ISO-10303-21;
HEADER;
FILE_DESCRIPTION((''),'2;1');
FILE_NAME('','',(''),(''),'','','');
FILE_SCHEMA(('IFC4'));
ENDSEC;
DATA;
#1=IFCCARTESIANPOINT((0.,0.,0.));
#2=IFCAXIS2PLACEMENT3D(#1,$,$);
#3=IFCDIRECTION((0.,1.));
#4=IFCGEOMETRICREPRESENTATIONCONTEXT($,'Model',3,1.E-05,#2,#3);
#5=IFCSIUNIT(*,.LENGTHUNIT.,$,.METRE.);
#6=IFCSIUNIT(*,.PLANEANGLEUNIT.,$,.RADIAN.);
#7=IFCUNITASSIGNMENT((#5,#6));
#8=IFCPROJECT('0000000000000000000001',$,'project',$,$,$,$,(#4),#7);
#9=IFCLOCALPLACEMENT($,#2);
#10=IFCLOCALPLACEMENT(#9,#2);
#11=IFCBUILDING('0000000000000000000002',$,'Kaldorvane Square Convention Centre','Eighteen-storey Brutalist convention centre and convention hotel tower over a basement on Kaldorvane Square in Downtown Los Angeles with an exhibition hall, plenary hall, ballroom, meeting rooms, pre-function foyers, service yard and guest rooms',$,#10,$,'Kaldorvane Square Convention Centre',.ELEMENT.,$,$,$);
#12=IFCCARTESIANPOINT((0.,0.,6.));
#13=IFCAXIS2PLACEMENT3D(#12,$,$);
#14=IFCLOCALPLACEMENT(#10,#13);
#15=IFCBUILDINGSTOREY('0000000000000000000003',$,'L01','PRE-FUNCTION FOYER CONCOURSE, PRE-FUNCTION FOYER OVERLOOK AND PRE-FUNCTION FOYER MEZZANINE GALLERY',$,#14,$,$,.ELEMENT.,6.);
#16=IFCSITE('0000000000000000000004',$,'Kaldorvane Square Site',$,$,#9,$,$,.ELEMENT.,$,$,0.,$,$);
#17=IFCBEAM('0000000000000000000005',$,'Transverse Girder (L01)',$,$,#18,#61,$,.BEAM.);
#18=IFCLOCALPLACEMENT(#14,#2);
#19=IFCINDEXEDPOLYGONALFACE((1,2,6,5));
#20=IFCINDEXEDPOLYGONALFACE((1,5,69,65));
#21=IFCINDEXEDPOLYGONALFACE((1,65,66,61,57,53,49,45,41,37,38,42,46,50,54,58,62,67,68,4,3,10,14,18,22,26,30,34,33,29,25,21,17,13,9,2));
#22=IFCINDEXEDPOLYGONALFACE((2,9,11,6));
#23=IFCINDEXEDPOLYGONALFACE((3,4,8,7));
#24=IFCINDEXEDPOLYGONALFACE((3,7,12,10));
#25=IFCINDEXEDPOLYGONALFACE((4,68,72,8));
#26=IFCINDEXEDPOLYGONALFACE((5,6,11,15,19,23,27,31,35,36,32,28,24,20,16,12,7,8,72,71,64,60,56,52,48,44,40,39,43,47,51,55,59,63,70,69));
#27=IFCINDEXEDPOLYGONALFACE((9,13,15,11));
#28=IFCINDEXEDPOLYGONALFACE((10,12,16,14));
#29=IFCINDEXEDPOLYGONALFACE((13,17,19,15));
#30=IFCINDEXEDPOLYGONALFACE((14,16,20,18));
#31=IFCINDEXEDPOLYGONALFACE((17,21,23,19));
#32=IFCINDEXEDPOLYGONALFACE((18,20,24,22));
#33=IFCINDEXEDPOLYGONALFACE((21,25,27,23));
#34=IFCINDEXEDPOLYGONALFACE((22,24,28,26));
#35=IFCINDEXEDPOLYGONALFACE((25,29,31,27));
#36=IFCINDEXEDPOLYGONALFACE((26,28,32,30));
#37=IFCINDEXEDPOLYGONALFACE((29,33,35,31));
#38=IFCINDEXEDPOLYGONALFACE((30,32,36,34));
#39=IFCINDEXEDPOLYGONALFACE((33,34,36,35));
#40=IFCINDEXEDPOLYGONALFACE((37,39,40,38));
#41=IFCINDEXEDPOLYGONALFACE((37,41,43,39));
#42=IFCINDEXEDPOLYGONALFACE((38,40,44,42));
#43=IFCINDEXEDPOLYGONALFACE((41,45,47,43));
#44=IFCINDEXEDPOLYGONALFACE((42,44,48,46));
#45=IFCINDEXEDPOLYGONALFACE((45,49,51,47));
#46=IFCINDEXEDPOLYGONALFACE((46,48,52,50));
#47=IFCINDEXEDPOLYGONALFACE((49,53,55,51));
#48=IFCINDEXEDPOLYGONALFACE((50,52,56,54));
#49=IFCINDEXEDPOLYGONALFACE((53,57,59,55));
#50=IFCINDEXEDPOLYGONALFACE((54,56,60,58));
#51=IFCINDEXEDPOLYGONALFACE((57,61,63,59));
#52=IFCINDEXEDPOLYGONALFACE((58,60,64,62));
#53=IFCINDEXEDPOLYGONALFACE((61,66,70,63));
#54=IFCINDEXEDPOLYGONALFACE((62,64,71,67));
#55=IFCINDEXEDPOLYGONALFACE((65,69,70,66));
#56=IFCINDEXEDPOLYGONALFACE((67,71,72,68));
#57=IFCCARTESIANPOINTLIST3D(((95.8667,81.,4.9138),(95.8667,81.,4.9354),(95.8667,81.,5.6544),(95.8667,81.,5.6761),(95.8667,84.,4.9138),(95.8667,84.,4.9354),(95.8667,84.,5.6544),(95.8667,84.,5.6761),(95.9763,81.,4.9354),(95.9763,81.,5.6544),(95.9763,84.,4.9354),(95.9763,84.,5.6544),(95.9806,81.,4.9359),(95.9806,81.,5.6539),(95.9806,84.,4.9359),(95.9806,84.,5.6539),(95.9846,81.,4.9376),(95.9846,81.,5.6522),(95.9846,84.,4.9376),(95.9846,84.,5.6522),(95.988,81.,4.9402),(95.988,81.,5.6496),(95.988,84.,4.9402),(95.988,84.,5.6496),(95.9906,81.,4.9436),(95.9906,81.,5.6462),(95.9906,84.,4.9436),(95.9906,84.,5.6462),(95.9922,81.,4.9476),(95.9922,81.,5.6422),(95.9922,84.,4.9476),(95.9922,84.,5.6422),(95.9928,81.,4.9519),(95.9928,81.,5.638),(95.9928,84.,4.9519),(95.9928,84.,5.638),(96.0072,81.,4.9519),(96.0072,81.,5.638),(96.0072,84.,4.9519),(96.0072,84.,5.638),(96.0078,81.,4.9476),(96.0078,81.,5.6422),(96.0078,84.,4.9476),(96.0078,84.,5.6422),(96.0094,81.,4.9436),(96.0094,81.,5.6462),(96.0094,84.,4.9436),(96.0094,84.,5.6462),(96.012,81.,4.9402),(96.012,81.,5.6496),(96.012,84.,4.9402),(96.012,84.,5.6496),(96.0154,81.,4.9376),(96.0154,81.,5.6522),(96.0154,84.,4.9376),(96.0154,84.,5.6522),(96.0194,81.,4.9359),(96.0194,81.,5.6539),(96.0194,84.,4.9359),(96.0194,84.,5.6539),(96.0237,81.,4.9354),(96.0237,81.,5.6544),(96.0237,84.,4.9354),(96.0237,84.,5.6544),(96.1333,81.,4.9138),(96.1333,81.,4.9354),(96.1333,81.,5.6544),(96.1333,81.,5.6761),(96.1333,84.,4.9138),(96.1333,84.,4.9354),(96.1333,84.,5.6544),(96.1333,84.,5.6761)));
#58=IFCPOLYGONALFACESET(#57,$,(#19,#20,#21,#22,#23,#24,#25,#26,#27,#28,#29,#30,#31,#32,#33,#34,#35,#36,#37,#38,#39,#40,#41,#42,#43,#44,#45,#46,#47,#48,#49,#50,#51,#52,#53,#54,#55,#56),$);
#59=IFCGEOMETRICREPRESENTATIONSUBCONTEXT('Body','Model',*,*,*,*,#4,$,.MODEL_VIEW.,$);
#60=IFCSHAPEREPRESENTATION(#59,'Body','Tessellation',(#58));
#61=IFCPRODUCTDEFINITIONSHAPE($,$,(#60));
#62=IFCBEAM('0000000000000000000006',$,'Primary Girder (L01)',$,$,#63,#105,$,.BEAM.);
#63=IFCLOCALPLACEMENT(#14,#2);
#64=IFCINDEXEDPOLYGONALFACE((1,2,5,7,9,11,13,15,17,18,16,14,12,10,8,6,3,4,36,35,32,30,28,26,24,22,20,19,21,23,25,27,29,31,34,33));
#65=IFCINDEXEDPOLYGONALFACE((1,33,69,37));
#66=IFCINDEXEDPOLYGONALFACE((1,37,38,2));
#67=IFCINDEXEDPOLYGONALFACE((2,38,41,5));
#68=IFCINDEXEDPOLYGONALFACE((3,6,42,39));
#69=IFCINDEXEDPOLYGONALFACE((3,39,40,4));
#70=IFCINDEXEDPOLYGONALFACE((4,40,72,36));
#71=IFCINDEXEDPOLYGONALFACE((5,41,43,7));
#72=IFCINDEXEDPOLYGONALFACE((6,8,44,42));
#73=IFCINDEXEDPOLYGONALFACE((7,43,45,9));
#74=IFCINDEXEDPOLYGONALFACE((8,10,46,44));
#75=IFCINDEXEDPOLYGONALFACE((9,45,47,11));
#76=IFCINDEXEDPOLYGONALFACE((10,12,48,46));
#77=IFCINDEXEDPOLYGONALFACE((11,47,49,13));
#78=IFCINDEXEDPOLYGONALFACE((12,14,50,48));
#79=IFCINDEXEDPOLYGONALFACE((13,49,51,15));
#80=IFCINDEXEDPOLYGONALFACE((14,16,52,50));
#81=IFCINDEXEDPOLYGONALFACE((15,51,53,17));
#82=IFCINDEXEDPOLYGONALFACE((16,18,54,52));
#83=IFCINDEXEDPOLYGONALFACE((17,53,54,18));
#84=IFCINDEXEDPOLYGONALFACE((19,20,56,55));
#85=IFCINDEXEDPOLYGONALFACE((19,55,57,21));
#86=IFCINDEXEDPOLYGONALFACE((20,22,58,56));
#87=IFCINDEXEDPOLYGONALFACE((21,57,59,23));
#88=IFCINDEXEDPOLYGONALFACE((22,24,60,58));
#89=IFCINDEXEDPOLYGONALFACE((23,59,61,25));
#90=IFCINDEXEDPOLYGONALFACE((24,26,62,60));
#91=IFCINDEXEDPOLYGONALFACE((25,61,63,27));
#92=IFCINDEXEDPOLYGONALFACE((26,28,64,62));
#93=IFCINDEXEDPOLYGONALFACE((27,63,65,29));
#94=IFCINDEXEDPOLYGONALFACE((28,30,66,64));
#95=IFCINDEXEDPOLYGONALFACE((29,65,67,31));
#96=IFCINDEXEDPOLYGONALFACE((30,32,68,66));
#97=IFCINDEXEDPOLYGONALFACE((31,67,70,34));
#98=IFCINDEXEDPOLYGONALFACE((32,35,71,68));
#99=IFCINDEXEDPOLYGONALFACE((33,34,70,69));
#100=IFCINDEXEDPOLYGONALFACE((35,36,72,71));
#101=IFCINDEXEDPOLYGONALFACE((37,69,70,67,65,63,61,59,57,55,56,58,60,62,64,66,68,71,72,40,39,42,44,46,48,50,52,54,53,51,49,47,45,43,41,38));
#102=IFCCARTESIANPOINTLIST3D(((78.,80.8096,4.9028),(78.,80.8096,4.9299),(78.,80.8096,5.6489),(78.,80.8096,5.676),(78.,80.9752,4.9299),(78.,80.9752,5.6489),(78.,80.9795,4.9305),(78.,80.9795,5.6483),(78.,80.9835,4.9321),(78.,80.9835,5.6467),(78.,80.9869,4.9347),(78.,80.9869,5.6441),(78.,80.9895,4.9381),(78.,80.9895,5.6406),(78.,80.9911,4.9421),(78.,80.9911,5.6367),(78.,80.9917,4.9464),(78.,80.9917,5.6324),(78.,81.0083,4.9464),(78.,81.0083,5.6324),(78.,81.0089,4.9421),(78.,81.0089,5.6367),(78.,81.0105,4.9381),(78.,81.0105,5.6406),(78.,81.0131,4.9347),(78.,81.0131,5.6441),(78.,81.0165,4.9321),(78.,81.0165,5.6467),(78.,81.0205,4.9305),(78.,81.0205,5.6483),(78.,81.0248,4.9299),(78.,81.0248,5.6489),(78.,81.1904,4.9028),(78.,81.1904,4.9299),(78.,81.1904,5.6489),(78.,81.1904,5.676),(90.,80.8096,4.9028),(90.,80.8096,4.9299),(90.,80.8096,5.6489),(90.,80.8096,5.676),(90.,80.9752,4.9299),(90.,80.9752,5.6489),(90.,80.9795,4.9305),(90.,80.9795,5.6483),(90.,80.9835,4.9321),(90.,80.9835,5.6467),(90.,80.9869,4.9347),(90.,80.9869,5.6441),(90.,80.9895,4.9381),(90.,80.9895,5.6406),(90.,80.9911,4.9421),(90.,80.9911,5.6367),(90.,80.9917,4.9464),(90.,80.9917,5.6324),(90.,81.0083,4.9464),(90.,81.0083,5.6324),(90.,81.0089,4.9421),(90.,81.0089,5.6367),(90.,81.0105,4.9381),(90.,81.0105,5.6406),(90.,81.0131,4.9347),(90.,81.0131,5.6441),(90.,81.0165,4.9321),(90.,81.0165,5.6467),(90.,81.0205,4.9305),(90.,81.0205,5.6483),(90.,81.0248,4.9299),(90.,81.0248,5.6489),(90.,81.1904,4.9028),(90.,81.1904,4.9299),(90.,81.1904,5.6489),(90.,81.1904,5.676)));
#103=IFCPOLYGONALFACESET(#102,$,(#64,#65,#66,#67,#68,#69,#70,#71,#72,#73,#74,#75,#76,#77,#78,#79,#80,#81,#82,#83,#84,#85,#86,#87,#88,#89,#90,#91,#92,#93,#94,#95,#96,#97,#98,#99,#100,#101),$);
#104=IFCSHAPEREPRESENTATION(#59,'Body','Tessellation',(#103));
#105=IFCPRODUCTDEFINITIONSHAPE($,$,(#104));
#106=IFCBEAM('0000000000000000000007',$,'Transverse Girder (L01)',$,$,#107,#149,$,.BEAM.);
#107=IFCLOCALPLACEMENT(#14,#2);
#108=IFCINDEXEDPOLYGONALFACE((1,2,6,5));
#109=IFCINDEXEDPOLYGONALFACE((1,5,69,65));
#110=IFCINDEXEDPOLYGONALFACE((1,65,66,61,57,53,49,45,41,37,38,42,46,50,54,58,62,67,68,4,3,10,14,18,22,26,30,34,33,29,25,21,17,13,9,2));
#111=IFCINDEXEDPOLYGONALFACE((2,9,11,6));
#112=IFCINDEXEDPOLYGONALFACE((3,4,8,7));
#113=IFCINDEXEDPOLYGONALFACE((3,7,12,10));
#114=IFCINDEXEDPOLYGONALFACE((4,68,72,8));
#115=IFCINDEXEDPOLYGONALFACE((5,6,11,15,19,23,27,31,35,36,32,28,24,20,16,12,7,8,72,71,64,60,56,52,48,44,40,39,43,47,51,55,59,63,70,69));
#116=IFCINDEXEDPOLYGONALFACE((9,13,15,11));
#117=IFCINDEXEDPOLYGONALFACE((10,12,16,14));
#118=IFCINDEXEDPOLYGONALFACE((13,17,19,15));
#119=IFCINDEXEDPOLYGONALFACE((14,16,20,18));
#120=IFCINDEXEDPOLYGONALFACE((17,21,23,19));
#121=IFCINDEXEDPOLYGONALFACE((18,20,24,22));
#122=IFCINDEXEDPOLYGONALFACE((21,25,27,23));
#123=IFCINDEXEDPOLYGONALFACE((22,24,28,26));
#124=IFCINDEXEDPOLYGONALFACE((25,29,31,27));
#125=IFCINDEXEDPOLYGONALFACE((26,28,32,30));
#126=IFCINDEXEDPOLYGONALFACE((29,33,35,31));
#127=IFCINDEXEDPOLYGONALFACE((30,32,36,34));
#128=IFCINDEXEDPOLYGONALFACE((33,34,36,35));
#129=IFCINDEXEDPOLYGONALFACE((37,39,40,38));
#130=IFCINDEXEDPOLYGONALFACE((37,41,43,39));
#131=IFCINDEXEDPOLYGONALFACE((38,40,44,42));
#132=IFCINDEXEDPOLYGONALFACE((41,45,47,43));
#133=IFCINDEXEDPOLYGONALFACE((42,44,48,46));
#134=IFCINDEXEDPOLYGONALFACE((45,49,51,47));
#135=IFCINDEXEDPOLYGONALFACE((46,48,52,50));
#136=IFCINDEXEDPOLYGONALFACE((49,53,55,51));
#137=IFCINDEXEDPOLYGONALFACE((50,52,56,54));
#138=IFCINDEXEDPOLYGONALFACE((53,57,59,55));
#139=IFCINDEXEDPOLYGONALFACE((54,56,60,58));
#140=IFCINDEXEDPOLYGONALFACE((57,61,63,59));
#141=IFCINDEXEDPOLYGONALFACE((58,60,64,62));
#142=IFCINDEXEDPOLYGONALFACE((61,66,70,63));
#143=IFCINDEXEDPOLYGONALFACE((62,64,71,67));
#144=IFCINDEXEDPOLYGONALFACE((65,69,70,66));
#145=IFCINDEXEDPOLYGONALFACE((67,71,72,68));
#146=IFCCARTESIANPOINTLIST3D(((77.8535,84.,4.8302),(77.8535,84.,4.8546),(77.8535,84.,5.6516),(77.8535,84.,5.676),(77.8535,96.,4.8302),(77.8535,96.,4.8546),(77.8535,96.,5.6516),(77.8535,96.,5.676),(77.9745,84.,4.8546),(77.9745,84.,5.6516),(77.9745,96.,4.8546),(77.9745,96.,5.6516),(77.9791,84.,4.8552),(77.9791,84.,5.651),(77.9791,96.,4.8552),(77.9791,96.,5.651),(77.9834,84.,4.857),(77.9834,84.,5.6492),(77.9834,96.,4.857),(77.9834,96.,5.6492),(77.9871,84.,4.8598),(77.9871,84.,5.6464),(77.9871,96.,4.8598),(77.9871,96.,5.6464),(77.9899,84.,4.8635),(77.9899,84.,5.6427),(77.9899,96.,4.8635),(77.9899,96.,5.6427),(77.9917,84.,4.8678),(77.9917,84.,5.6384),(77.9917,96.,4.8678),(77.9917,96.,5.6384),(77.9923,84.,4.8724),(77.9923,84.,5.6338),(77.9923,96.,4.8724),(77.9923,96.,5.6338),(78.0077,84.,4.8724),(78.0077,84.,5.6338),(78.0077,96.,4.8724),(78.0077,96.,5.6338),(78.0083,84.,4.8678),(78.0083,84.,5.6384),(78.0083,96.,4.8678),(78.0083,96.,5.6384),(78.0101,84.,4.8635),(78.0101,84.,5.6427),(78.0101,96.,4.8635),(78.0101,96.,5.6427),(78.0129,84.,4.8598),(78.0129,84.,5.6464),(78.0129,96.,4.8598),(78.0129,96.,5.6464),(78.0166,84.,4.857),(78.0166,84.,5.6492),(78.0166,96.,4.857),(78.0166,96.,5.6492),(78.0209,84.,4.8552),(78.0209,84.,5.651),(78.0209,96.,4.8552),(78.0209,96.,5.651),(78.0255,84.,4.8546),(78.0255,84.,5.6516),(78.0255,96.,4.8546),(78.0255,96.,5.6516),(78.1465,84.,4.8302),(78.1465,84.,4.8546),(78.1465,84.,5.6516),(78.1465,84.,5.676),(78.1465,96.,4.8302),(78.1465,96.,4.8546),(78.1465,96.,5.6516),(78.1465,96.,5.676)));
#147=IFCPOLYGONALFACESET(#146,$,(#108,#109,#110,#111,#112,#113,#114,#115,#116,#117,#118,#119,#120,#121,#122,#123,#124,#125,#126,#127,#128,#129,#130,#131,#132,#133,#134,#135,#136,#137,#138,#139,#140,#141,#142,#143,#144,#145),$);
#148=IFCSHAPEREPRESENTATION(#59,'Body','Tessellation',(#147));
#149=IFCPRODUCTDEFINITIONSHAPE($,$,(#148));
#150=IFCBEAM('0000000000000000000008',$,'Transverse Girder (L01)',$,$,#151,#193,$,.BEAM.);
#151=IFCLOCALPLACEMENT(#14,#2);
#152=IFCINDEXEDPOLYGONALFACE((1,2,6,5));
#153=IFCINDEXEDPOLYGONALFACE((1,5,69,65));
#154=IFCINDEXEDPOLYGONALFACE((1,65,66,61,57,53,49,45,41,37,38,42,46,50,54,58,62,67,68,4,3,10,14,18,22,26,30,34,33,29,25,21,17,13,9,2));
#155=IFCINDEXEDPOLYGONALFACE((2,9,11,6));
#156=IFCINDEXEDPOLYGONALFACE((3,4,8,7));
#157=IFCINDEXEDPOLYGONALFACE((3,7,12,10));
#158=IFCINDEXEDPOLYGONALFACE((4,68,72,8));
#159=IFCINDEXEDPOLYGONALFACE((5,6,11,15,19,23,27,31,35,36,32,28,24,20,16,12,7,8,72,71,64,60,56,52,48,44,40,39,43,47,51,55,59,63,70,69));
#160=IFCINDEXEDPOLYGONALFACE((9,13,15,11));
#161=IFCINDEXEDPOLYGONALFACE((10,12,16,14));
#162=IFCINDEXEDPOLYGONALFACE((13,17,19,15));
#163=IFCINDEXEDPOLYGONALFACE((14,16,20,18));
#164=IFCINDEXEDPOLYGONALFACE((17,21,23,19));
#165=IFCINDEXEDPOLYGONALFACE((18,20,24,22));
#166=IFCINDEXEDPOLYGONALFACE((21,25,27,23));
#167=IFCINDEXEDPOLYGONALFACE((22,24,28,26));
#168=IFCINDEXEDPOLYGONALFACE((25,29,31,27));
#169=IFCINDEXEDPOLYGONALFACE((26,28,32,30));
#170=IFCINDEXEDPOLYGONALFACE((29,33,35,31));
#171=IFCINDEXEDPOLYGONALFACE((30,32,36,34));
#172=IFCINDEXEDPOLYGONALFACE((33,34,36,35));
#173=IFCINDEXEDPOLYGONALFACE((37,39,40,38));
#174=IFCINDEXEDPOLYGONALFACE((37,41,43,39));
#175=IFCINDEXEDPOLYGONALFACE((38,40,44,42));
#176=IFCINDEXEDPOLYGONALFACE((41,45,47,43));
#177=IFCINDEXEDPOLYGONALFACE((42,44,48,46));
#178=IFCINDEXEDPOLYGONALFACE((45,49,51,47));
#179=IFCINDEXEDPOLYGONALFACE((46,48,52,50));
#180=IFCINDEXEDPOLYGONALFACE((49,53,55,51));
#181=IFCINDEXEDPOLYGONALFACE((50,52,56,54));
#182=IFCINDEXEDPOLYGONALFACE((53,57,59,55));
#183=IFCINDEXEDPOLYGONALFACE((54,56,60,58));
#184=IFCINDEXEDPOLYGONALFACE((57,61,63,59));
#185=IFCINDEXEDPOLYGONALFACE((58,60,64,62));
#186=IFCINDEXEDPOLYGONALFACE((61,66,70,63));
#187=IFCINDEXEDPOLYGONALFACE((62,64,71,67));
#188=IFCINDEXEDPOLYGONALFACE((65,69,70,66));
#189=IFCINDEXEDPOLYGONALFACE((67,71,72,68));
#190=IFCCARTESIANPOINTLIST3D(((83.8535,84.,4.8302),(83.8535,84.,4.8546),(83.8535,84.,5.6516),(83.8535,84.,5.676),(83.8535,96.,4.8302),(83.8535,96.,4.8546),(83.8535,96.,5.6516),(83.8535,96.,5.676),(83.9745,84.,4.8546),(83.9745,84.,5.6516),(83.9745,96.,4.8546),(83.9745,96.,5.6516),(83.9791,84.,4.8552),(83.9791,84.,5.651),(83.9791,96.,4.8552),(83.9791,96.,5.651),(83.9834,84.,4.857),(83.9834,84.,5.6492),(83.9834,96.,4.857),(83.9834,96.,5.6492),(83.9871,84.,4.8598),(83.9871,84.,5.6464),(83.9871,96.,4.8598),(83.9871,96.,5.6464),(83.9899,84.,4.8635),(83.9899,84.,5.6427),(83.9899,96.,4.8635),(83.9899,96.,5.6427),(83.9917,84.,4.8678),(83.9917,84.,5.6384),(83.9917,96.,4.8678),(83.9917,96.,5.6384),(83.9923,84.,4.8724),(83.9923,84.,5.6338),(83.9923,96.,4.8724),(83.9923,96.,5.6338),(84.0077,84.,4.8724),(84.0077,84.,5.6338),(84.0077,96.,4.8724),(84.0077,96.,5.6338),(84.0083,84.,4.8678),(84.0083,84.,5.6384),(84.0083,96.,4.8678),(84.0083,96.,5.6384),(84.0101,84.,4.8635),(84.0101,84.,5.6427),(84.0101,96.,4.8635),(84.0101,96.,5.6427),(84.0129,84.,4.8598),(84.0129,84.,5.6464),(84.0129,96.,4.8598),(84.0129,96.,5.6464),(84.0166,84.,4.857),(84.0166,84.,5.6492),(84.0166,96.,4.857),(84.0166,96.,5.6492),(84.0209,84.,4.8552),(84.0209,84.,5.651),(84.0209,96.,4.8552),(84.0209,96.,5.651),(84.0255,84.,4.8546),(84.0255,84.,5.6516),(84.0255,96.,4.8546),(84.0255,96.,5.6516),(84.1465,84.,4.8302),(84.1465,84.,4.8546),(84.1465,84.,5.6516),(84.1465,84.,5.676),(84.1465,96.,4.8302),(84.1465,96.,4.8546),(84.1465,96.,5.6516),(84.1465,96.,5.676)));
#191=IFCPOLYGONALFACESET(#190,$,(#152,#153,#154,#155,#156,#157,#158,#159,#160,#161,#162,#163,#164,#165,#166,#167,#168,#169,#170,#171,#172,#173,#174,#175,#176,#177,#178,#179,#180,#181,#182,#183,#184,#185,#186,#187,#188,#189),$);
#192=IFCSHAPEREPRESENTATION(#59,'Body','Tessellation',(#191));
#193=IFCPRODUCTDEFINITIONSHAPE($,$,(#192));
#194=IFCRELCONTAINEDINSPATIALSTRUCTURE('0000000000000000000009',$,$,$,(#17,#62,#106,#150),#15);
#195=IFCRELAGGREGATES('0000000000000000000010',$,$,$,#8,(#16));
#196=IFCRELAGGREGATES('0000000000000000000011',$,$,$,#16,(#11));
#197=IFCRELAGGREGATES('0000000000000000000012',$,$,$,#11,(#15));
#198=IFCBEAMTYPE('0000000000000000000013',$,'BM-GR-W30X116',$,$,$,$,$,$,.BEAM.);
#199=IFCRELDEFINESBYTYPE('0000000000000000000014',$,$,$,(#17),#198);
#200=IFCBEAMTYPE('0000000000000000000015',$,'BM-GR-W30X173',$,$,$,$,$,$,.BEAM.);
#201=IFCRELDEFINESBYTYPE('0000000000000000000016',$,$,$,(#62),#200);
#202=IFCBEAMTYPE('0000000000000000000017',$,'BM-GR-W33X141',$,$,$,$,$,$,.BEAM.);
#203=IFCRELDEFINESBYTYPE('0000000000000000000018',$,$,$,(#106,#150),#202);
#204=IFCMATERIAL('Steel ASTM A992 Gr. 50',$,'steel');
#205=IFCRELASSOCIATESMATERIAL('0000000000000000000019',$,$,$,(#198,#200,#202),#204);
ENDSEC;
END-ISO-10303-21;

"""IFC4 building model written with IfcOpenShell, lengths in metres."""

from ifc_helpers import new_model, si_unit, direction, frame, origin, origin_2d, place, context, subcontext, project, spatial, i_section, extrude, material, material_profile, profile_set, type_object, element, save


model = new_model("IFC4")

# Units and contexts
model_context = context("Model", 3, precision=1e-05, world=origin(), true_north=direction((0.0, 1.0)))
body_context = subcontext(model_context, "Body", "Model", "MODEL_VIEW")
ifc_project = project(units=[si_unit("LENGTHUNIT", "METRE"), si_unit("PLANEANGLEUNIT", "RADIAN")], contexts=[model_context])

# Site, building, storey
site_placement = place(None, origin())
site = spatial("IfcSite", under=ifc_project, at=site_placement, Name="Kaldorvane Square Site", CompositionType="ELEMENT", RefElevation=0.0)
building_placement = place(site_placement, origin())
building = spatial("IfcBuilding", under=site, at=building_placement, Name="Kaldorvane Square Convention Centre", Description="Eighteen-storey Brutalist convention centre and convention hotel tower over a basement on Kaldorvane Square in Downtown Los Angeles with an exhibition hall, plenary hall, ballroom, meeting rooms, pre-function foyers, service yard and guest rooms", LongName="Kaldorvane Square Convention Centre", CompositionType="ELEMENT")
storey_placement = place(building_placement, frame((0.0, 0.0, 6.0)))
storey = spatial("IfcBuildingStorey", under=building, at=storey_placement, Name="L01", Description="PRE-FUNCTION FOYER CONCOURSE, PRE-FUNCTION FOYER OVERLOOK AND PRE-FUNCTION FOYER MEZZANINE GALLERY", CompositionType="ELEMENT", Elevation=6.0)

# Shared definitions
ifc_material_1 = material(Name="Steel ASTM A992 Gr. 50", Category="steel")

# Beams
ifc_material_profile_1 = material_profile(ifc_material_1, i_section(OverallWidth=0.2666, OverallDepth=0.7623, WebThickness=0.0144, FlangeThickness=0.0216, FilletRadius=0.0165, at=origin_2d()), Name="W30X116")
ifc_profile_set_1 = profile_set([ifc_material_profile_1], Name="Steel ASTM A992 Gr. 50")
beam_type_1 = type_object("IfcBeamType", Name="BM-GR-W30X116", PredefinedType="BEAM", material=ifc_profile_set_1)
for number, where, z_axis, x_axis, name in (
    (1, (96.0, 81.0, 5.2949), (0.0, 1.0, 0.0), (-1.0, 0.0, 0.0), "Transverse Girder (L01)"),
):
    element("IfcBeam", number, at=place(storey_placement, frame(where, z_axis=z_axis, x_axis=x_axis)), inside=storey, type_object=beam_type_1, Name=name, PredefinedType="BEAM", context=body_context, shape_type="SweptSolid", body=[
        extrude(i_section(OverallWidth=0.2666, OverallDepth=0.7623, WebThickness=0.0144, FlangeThickness=0.0216, FilletRadius=0.0165, at=origin_2d()), origin(), (0.0, 0.0, 1.0), 3.0),
    ])
ifc_material_profile_2 = material_profile(ifc_material_1, i_section(OverallWidth=0.3807, OverallDepth=0.7732, WebThickness=0.0166, FlangeThickness=0.0271, FilletRadius=0.0165, at=origin_2d()), Name="W30X173")
ifc_profile_set_2 = profile_set([ifc_material_profile_2], Name="Steel ASTM A992 Gr. 50")
beam_type_2 = type_object("IfcBeamType", Name="BM-GR-W30X173", PredefinedType="BEAM", material=ifc_profile_set_2)
beam_placement = place(storey_placement, frame((78.0, 81.0, 5.2894), z_axis=(1.0, 0.0, 0.0), x_axis=(0.0, 1.0, 0.0)))
element("IfcBeam", 2, at=beam_placement, inside=storey, type_object=beam_type_2, Name="Primary Girder (L01)", PredefinedType="BEAM", context=body_context, shape_type="SweptSolid", body=[
    extrude(i_section(OverallWidth=0.3807, OverallDepth=0.7732, WebThickness=0.0166, FlangeThickness=0.0271, FilletRadius=0.0165, at=origin_2d()), origin(), (0.0, 0.0, 1.0), 12.0),
])
ifc_material_profile_3 = material_profile(ifc_material_1, i_section(OverallWidth=0.293, OverallDepth=0.8458, WebThickness=0.0154, FlangeThickness=0.0244, FilletRadius=0.0178, at=origin_2d()), Name="W33X141")
ifc_profile_set_3 = profile_set([ifc_material_profile_3], Name="Steel ASTM A992 Gr. 50")
beam_type_3 = type_object("IfcBeamType", Name="BM-GR-W33X141", PredefinedType="BEAM", material=ifc_profile_set_3)
for number, where, z_axis, x_axis, name in (
    (3, (78.0, 84.0, 5.2531), (0.0, 1.0, 0.0), (-1.0, 0.0, 0.0), "Transverse Girder (L01)"),
    (4, (84.0, 84.0, 5.2531), (0.0, 1.0, 0.0), (-1.0, 0.0, 0.0), "Transverse Girder (L01)"),
):
    element("IfcBeam", number, at=place(storey_placement, frame(where, z_axis=z_axis, x_axis=x_axis)), inside=storey, type_object=beam_type_3, Name=name, PredefinedType="BEAM", context=body_context, shape_type="SweptSolid", body=[
        extrude(i_section(OverallWidth=0.293, OverallDepth=0.8458, WebThickness=0.0154, FlangeThickness=0.0244, FilletRadius=0.0178, at=origin_2d()), origin(), (0.0, 0.0, 1.0), 12.0),
    ])

save(model, "model.ifc")
